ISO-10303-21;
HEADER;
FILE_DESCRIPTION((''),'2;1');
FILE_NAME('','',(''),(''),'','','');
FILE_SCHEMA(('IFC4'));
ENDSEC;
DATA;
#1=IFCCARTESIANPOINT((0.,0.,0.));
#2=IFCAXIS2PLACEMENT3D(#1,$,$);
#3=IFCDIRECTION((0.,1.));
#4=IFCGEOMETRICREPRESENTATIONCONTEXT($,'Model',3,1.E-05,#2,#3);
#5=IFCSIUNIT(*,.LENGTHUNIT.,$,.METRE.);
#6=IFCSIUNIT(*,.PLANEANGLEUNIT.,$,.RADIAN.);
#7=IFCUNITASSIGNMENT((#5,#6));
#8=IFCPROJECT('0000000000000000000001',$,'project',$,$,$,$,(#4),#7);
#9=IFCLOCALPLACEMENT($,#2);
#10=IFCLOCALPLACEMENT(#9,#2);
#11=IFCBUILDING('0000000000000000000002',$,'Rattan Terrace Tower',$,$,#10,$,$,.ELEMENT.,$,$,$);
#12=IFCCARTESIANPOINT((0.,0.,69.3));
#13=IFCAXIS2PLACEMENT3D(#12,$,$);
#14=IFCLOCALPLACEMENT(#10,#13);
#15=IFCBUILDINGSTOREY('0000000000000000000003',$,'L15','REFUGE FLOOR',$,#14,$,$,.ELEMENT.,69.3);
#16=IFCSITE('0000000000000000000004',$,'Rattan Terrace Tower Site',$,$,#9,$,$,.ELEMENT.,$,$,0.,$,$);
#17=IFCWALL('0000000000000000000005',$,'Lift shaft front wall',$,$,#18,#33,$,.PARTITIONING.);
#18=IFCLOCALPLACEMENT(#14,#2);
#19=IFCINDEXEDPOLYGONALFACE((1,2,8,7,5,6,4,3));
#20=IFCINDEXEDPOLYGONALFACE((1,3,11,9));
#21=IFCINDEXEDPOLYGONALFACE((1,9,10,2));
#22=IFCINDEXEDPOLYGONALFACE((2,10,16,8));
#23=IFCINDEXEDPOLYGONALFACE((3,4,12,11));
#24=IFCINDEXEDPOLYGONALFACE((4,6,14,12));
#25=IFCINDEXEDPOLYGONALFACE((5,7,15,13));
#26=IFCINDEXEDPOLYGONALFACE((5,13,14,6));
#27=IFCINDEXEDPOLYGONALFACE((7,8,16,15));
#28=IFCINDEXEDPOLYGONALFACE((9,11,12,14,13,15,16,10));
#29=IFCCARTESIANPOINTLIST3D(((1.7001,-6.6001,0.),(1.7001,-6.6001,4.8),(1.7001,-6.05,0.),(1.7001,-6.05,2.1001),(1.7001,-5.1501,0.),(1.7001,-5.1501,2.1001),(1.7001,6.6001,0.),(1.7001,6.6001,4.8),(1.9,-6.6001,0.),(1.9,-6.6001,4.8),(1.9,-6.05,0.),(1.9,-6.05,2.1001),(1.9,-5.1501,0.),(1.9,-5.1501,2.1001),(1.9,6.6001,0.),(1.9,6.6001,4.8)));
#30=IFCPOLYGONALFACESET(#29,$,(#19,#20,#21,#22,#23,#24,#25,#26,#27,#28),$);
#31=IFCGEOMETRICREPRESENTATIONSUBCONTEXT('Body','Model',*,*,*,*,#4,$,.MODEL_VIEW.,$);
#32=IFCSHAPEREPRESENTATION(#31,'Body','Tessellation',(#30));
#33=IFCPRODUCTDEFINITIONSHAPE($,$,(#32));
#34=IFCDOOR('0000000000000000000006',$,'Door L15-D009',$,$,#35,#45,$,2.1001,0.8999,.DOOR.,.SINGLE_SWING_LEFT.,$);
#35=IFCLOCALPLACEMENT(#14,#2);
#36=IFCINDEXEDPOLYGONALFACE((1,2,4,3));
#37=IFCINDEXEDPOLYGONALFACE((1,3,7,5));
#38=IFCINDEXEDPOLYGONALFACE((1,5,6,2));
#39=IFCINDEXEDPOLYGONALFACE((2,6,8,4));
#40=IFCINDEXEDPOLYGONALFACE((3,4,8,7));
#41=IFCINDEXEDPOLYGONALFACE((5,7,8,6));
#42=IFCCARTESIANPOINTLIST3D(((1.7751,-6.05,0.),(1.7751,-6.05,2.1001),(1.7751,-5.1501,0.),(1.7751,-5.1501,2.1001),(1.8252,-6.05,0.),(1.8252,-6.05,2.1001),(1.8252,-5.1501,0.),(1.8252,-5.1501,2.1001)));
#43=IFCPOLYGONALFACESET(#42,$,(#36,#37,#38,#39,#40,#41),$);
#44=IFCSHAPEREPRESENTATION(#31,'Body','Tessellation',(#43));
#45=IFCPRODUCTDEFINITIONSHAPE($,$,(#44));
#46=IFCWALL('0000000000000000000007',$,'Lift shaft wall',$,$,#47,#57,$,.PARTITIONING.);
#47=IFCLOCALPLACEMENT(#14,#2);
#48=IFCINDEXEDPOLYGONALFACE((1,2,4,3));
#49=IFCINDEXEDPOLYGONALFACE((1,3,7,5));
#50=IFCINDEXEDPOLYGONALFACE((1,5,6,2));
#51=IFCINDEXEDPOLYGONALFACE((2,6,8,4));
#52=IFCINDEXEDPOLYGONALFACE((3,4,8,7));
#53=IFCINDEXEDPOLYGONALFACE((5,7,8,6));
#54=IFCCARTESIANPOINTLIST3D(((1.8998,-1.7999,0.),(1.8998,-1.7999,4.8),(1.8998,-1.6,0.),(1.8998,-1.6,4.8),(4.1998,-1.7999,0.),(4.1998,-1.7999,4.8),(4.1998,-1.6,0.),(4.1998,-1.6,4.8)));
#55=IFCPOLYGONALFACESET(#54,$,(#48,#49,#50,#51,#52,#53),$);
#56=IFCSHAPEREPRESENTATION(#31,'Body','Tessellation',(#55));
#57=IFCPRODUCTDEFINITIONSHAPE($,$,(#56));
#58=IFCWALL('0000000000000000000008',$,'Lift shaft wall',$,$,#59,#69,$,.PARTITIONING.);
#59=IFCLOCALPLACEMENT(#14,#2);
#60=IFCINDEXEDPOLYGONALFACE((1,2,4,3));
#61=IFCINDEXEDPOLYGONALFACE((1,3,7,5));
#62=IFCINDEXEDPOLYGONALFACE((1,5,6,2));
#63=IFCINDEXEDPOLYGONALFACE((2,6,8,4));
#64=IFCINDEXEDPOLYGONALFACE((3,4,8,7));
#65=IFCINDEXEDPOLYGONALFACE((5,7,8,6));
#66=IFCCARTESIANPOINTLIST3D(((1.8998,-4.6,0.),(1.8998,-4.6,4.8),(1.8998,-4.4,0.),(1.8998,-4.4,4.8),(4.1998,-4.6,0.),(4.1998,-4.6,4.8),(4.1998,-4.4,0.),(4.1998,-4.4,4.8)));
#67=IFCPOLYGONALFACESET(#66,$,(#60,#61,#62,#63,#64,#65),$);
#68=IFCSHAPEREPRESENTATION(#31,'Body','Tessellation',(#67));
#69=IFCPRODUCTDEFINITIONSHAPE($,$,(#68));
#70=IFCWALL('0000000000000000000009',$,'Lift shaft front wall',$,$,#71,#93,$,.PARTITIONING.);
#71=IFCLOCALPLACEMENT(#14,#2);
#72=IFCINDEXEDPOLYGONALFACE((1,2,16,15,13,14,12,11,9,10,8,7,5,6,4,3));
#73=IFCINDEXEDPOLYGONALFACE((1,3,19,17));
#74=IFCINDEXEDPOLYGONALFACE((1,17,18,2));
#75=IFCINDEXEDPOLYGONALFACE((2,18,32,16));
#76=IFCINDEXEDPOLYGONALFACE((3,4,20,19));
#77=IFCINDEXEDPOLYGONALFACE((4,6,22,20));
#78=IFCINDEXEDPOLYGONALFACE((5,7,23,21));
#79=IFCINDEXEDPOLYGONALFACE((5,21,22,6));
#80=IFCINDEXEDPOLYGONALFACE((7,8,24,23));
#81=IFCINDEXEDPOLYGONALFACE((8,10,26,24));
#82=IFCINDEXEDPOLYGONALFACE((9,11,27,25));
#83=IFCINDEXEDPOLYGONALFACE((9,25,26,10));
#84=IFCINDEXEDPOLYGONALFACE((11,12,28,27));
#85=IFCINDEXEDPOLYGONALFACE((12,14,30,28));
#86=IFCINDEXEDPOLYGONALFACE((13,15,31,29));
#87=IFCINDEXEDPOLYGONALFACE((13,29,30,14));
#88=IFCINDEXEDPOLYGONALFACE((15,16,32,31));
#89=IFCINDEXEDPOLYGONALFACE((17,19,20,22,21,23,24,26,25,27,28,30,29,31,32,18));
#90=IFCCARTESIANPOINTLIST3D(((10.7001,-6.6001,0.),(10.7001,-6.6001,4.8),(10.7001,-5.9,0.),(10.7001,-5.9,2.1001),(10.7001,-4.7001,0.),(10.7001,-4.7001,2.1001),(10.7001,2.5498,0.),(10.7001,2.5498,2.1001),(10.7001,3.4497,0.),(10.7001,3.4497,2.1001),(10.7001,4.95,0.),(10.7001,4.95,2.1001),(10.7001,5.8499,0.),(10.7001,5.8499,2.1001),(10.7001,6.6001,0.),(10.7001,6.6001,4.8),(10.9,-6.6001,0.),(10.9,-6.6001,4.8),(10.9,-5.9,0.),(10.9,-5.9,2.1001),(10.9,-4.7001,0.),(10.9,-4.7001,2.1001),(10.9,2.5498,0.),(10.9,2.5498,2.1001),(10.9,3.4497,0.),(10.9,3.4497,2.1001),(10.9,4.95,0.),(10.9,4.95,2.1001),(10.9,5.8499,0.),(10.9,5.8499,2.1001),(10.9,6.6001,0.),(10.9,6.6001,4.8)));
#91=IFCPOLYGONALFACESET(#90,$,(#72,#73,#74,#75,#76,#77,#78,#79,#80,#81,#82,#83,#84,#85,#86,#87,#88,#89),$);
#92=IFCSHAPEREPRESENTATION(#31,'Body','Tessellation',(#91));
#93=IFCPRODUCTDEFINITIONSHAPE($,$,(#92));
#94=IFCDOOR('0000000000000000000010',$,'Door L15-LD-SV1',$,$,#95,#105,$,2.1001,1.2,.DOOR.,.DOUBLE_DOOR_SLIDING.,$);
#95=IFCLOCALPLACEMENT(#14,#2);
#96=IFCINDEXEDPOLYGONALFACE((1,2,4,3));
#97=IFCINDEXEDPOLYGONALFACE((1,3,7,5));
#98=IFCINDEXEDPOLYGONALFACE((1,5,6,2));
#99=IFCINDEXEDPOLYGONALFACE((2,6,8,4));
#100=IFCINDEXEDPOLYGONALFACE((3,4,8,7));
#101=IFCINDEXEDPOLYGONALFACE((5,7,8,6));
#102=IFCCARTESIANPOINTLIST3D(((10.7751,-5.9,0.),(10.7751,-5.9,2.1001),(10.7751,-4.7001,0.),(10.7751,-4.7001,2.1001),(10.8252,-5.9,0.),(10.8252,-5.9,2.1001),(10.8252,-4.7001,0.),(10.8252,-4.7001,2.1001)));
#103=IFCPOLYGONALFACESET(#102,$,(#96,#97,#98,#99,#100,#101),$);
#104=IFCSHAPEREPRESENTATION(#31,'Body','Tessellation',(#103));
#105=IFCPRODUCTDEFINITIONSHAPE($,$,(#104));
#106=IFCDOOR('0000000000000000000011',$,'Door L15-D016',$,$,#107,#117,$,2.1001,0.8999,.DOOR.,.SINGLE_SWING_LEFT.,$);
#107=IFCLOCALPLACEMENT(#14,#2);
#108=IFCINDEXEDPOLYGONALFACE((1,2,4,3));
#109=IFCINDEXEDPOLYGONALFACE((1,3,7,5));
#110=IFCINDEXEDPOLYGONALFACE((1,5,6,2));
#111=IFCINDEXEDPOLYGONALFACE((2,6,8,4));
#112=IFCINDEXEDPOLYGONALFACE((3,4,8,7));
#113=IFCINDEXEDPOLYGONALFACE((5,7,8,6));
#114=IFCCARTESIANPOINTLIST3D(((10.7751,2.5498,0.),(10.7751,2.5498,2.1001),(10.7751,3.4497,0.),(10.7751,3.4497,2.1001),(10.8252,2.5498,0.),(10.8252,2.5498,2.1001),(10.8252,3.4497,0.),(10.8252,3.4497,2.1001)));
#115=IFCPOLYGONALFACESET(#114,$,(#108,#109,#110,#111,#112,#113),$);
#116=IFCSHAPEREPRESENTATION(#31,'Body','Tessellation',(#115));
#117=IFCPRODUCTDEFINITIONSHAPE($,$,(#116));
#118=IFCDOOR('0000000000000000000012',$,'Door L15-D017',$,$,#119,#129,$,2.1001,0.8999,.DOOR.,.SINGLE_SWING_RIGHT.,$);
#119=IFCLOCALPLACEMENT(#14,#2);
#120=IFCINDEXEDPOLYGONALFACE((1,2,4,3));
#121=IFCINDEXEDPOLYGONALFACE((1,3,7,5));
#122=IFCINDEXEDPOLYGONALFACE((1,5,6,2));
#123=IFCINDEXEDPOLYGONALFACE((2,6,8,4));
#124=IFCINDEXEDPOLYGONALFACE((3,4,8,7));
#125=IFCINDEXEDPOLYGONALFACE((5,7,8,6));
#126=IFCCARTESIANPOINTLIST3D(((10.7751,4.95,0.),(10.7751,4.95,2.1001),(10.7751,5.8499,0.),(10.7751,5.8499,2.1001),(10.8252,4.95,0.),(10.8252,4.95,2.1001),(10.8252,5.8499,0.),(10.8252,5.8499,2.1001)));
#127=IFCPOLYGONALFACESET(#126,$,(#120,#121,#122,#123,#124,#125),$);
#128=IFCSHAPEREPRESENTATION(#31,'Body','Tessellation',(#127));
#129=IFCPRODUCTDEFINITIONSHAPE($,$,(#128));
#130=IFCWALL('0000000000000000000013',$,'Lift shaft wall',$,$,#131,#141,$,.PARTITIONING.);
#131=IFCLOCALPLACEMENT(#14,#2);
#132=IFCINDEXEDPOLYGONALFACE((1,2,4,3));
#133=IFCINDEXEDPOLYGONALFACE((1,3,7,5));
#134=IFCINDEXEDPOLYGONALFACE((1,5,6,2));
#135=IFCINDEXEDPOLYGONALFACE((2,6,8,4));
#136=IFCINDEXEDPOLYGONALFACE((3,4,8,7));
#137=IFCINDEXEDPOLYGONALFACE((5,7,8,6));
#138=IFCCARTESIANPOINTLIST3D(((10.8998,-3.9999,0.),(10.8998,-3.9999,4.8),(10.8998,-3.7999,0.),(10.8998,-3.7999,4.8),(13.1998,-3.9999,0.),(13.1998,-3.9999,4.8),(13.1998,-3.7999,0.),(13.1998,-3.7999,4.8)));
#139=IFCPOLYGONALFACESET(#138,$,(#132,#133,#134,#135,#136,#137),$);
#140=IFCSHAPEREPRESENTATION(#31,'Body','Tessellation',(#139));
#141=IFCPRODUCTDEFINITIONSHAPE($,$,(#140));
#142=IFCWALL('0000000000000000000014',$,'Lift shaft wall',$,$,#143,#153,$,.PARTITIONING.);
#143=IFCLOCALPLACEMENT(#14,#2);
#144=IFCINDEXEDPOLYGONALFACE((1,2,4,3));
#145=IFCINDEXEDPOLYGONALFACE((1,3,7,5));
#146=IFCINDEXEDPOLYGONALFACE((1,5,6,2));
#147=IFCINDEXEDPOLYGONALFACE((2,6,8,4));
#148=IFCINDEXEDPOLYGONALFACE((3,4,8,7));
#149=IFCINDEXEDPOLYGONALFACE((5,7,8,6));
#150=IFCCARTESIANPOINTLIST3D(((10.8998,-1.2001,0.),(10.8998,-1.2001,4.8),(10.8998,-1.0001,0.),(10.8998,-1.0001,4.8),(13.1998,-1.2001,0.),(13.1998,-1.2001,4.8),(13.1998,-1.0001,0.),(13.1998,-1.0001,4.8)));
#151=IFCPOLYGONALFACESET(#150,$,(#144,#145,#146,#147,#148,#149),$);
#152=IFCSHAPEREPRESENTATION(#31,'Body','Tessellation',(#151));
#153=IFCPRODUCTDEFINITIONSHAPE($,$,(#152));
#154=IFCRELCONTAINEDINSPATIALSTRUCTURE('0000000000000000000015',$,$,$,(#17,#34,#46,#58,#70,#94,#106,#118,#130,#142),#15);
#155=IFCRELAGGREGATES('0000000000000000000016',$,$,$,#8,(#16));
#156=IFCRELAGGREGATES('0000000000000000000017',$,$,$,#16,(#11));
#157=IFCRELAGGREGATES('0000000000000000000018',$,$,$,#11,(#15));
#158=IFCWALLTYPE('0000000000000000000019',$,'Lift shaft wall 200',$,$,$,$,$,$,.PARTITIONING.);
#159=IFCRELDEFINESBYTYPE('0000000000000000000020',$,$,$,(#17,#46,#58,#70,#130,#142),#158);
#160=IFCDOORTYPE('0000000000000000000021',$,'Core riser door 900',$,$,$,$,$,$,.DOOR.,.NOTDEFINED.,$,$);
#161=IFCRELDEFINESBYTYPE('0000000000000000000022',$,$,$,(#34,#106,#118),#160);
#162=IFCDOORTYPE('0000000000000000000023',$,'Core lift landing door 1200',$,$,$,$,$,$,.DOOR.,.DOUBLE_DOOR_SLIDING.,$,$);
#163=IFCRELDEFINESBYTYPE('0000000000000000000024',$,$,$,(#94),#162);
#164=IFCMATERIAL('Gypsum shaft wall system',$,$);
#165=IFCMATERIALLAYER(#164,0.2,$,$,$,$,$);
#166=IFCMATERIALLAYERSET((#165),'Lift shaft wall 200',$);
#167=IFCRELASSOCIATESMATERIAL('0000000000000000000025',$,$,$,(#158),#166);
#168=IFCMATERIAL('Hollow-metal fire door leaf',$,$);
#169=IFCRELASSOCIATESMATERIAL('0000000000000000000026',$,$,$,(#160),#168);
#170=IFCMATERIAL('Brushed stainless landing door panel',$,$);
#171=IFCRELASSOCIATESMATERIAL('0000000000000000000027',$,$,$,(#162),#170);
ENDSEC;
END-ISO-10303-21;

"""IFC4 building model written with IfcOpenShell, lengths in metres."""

from ifc_helpers import new_model, si_unit, direction, frame, frame_2d, origin, place, context, subcontext, project, spatial, rectangle, extrude, material, layer, layer_set, type_object, element, fill, save


model = new_model("IFC4")

# Units and contexts
model_context = context("Model", 3, precision=1e-05, world=origin(), true_north=direction((0.0, 1.0)))
body_context = subcontext(model_context, "Body", "Model", "MODEL_VIEW")
ifc_project = project(units=[si_unit("LENGTHUNIT", "METRE"), si_unit("PLANEANGLEUNIT", "RADIAN")], contexts=[model_context])

# Site, building, storey
site_placement = place(None, origin())
site = spatial("IfcSite", under=ifc_project, at=site_placement, Name="Rattan Terrace Tower Site", CompositionType="ELEMENT", RefElevation=0.0)
building_placement = place(site_placement, origin())
building = spatial("IfcBuilding", under=site, at=building_placement, Name="Rattan Terrace Tower", CompositionType="ELEMENT")
storey_placement = place(building_placement, frame((0.0, 0.0, 69.3)))
storey = spatial("IfcBuildingStorey", under=building, at=storey_placement, Name="L15", Description="REFUGE FLOOR", CompositionType="ELEMENT", Elevation=69.3)

# Wall, opening, door
ifc_material_1 = material(Name="Gypsum shaft wall system")
ifc_layer_1 = layer(ifc_material_1, 0.2)
ifc_layer_set_1 = layer_set([ifc_layer_1], Name="Lift shaft wall 200")
wall_type_1 = type_object("IfcWallType", Name="Lift shaft wall 200", PredefinedType="PARTITIONING", material=ifc_layer_set_1)
wall_1_placement = place(storey_placement, frame((1.8, -6.6001, 0.0), z_axis=(0.0, 0.0, 1.0), x_axis=(0.0, 1.0, 0.0)))
wall_1 = element("IfcWall", 1, at=wall_1_placement, inside=storey, type_object=wall_type_1, Name="Lift shaft front wall", PredefinedType="PARTITIONING", context=body_context, shape_type="SweptSolid", body=[
    extrude(rectangle(XDim=13.2002, YDim=0.2, at=frame_2d((6.6001, 0.0))), origin(), (0.0, 0.0, 1.0), 4.8),
])
opening_1_placement = place(wall_1_placement, frame((0.55, 0.0, 0.0)))
opening_1 = element("IfcOpeningElement", 2, at=opening_1_placement, cuts=wall_1, PredefinedType="OPENING", context=body_context, shape_type="SweptSolid", body=[
    extrude(rectangle(XDim=0.8999, YDim=2.1001, at=frame_2d((0.45, 1.05))), frame((0.0, 0.1106, 0.0), z_axis=(0.0, -1.0, 0.0), x_axis=(1.0, 0.0, 0.0)), (0.0, 0.0, 1.0), 0.2209),
])
ifc_material_2 = material(Name="Hollow-metal fire door leaf")
door_type_1 = type_object("IfcDoorType", Name="Core riser door 900", OperationType="NOTDEFINED", PredefinedType="DOOR", material=ifc_material_2)
door_1_placement = place(opening_1_placement, origin())
door_1 = element("IfcDoor", 3, at=door_1_placement, inside=storey, type_object=door_type_1, Name="Door L15-D009", OperationType="SINGLE_SWING_LEFT", OverallHeight=2.1001, OverallWidth=0.8999, PredefinedType="DOOR", context=body_context, shape_type="SweptSolid", body=[
    extrude(rectangle(XDim=0.8999, YDim=2.1001, at=frame_2d((0.45, 1.05))), frame((0.0, 0.0249, 0.0), z_axis=(0.0, -1.0, 0.0), x_axis=(1.0, 0.0, 0.0)), (0.0, 0.0, 1.0), 0.05),
])
fill(opening_1, door_1)

# Walls
for number, where, z_axis, x_axis, name in (
    (4, (1.8999, -1.7, 0.0), (0.0, 0.0, 1.0), (1.0, 0.0, 0.0), "Lift shaft wall"),
    (5, (1.8999, -4.5, 0.0), (0.0, 0.0, 1.0), (1.0, 0.0, 0.0), "Lift shaft wall"),
):
    element("IfcWall", number, at=place(storey_placement, frame(where, z_axis=z_axis, x_axis=x_axis)), inside=storey, type_object=wall_type_1, Name=name, PredefinedType="PARTITIONING", context=body_context, shape_type="SweptSolid", body=[
        extrude(rectangle(XDim=2.3, YDim=0.2, at=frame_2d((1.1499, 0.0))), origin(), (0.0, 0.0, 1.0), 4.8),
    ])

# Wall, openings, doors
wall_2_placement = place(storey_placement, frame((10.8, -6.6001, 0.0), z_axis=(0.0, 0.0, 1.0), x_axis=(0.0, 1.0, 0.0)))
wall_2 = element("IfcWall", 6, at=wall_2_placement, inside=storey, type_object=wall_type_1, Name="Lift shaft front wall", PredefinedType="PARTITIONING", context=body_context, shape_type="SweptSolid", body=[
    extrude(rectangle(XDim=13.2002, YDim=0.2, at=frame_2d((6.6001, 0.0))), origin(), (0.0, 0.0, 1.0), 4.8),
])
opening_2_placement = place(wall_2_placement, frame((0.7, 0.0, 0.0)))
opening_2 = element("IfcOpeningElement", 7, at=opening_2_placement, cuts=wall_2, PredefinedType="OPENING", context=body_context, shape_type="SweptSolid", body=[
    extrude(rectangle(XDim=1.2, YDim=2.1001, at=frame_2d((0.6001, 1.05))), frame((0.0, 0.1106, 0.0), z_axis=(0.0, -1.0, 0.0), x_axis=(1.0, 0.0, 0.0)), (0.0, 0.0, 1.0), 0.2209),
])
opening_3_placement = place(wall_2_placement, frame((9.1499, 0.0, 0.0)))
opening_3 = element("IfcOpeningElement", 8, at=opening_3_placement, cuts=wall_2, PredefinedType="OPENING", context=body_context, shape_type="SweptSolid", body=[
    extrude(rectangle(XDim=0.8999, YDim=2.1001, at=frame_2d((0.45, 1.05))), frame((0.0, 0.1106, 0.0), z_axis=(0.0, -1.0, 0.0), x_axis=(1.0, 0.0, 0.0)), (0.0, 0.0, 1.0), 0.2209),
])
opening_4_placement = place(wall_2_placement, frame((11.55, 0.0, 0.0)))
opening_4 = element("IfcOpeningElement", 9, at=opening_4_placement, cuts=wall_2, PredefinedType="OPENING", context=body_context, shape_type="SweptSolid", body=[
    extrude(rectangle(XDim=0.8999, YDim=2.1001, at=frame_2d((0.45, 1.05))), frame((0.0, 0.1106, 0.0), z_axis=(0.0, -1.0, 0.0), x_axis=(1.0, 0.0, 0.0)), (0.0, 0.0, 1.0), 0.2209),
])
ifc_material_3 = material(Name="Brushed stainless landing door panel")
door_type_2 = type_object("IfcDoorType", Name="Core lift landing door 1200", OperationType="DOUBLE_DOOR_SLIDING", PredefinedType="DOOR", material=ifc_material_3)
door_2_placement = place(opening_2_placement, origin())
door_2 = element("IfcDoor", 10, at=door_2_placement, inside=storey, type_object=door_type_2, Name="Door L15-LD-SV1", OperationType="DOUBLE_DOOR_SLIDING", OverallHeight=2.1001, OverallWidth=1.2, PredefinedType="DOOR", context=body_context, shape_type="SweptSolid", body=[
    extrude(rectangle(XDim=1.2, YDim=2.1001, at=frame_2d((0.6001, 1.05))), frame((0.0, 0.0249, 0.0), z_axis=(0.0, -1.0, 0.0), x_axis=(1.0, 0.0, 0.0)), (0.0, 0.0, 1.0), 0.05),
])
fill(opening_2, door_2)
door_3_placement = place(opening_3_placement, origin())
door_3 = element("IfcDoor", 11, at=door_3_placement, inside=storey, type_object=door_type_1, Name="Door L15-D016", OperationType="SINGLE_SWING_LEFT", OverallHeight=2.1001, OverallWidth=0.8999, PredefinedType="DOOR", context=body_context, shape_type="SweptSolid", body=[
    extrude(rectangle(XDim=0.8999, YDim=2.1001, at=frame_2d((0.45, 1.05))), frame((0.0, 0.0249, 0.0), z_axis=(0.0, -1.0, 0.0), x_axis=(1.0, 0.0, 0.0)), (0.0, 0.0, 1.0), 0.05),
])
fill(opening_3, door_3)
door_4_placement = place(opening_4_placement, origin())
door_4 = element("IfcDoor", 12, at=door_4_placement, inside=storey, type_object=door_type_1, Name="Door L15-D017", OperationType="SINGLE_SWING_RIGHT", OverallHeight=2.1001, OverallWidth=0.8999, PredefinedType="DOOR", context=body_context, shape_type="SweptSolid", body=[
    extrude(rectangle(XDim=0.8999, YDim=2.1001, at=frame_2d((0.45, 1.05))), frame((0.0, 0.0249, 0.0), z_axis=(0.0, -1.0, 0.0), x_axis=(1.0, 0.0, 0.0)), (0.0, 0.0, 1.0), 0.05),
])
fill(opening_4, door_4)

# Walls
for number, where, z_axis, x_axis, name in (
    (13, (10.8999, -3.8999, 0.0), (0.0, 0.0, 1.0), (1.0, 0.0, 0.0), "Lift shaft wall"),
    (14, (10.8999, -1.1001, 0.0), (0.0, 0.0, 1.0), (1.0, 0.0, 0.0), "Lift shaft wall"),
):
    element("IfcWall", number, at=place(storey_placement, frame(where, z_axis=z_axis, x_axis=x_axis)), inside=storey, type_object=wall_type_1, Name=name, PredefinedType="PARTITIONING", context=body_context, shape_type="SweptSolid", body=[
        extrude(rectangle(XDim=2.3, YDim=0.2, at=frame_2d((1.1499, 0.0))), origin(), (0.0, 0.0, 1.0), 4.8),
    ])

save(model, "model.ifc")
